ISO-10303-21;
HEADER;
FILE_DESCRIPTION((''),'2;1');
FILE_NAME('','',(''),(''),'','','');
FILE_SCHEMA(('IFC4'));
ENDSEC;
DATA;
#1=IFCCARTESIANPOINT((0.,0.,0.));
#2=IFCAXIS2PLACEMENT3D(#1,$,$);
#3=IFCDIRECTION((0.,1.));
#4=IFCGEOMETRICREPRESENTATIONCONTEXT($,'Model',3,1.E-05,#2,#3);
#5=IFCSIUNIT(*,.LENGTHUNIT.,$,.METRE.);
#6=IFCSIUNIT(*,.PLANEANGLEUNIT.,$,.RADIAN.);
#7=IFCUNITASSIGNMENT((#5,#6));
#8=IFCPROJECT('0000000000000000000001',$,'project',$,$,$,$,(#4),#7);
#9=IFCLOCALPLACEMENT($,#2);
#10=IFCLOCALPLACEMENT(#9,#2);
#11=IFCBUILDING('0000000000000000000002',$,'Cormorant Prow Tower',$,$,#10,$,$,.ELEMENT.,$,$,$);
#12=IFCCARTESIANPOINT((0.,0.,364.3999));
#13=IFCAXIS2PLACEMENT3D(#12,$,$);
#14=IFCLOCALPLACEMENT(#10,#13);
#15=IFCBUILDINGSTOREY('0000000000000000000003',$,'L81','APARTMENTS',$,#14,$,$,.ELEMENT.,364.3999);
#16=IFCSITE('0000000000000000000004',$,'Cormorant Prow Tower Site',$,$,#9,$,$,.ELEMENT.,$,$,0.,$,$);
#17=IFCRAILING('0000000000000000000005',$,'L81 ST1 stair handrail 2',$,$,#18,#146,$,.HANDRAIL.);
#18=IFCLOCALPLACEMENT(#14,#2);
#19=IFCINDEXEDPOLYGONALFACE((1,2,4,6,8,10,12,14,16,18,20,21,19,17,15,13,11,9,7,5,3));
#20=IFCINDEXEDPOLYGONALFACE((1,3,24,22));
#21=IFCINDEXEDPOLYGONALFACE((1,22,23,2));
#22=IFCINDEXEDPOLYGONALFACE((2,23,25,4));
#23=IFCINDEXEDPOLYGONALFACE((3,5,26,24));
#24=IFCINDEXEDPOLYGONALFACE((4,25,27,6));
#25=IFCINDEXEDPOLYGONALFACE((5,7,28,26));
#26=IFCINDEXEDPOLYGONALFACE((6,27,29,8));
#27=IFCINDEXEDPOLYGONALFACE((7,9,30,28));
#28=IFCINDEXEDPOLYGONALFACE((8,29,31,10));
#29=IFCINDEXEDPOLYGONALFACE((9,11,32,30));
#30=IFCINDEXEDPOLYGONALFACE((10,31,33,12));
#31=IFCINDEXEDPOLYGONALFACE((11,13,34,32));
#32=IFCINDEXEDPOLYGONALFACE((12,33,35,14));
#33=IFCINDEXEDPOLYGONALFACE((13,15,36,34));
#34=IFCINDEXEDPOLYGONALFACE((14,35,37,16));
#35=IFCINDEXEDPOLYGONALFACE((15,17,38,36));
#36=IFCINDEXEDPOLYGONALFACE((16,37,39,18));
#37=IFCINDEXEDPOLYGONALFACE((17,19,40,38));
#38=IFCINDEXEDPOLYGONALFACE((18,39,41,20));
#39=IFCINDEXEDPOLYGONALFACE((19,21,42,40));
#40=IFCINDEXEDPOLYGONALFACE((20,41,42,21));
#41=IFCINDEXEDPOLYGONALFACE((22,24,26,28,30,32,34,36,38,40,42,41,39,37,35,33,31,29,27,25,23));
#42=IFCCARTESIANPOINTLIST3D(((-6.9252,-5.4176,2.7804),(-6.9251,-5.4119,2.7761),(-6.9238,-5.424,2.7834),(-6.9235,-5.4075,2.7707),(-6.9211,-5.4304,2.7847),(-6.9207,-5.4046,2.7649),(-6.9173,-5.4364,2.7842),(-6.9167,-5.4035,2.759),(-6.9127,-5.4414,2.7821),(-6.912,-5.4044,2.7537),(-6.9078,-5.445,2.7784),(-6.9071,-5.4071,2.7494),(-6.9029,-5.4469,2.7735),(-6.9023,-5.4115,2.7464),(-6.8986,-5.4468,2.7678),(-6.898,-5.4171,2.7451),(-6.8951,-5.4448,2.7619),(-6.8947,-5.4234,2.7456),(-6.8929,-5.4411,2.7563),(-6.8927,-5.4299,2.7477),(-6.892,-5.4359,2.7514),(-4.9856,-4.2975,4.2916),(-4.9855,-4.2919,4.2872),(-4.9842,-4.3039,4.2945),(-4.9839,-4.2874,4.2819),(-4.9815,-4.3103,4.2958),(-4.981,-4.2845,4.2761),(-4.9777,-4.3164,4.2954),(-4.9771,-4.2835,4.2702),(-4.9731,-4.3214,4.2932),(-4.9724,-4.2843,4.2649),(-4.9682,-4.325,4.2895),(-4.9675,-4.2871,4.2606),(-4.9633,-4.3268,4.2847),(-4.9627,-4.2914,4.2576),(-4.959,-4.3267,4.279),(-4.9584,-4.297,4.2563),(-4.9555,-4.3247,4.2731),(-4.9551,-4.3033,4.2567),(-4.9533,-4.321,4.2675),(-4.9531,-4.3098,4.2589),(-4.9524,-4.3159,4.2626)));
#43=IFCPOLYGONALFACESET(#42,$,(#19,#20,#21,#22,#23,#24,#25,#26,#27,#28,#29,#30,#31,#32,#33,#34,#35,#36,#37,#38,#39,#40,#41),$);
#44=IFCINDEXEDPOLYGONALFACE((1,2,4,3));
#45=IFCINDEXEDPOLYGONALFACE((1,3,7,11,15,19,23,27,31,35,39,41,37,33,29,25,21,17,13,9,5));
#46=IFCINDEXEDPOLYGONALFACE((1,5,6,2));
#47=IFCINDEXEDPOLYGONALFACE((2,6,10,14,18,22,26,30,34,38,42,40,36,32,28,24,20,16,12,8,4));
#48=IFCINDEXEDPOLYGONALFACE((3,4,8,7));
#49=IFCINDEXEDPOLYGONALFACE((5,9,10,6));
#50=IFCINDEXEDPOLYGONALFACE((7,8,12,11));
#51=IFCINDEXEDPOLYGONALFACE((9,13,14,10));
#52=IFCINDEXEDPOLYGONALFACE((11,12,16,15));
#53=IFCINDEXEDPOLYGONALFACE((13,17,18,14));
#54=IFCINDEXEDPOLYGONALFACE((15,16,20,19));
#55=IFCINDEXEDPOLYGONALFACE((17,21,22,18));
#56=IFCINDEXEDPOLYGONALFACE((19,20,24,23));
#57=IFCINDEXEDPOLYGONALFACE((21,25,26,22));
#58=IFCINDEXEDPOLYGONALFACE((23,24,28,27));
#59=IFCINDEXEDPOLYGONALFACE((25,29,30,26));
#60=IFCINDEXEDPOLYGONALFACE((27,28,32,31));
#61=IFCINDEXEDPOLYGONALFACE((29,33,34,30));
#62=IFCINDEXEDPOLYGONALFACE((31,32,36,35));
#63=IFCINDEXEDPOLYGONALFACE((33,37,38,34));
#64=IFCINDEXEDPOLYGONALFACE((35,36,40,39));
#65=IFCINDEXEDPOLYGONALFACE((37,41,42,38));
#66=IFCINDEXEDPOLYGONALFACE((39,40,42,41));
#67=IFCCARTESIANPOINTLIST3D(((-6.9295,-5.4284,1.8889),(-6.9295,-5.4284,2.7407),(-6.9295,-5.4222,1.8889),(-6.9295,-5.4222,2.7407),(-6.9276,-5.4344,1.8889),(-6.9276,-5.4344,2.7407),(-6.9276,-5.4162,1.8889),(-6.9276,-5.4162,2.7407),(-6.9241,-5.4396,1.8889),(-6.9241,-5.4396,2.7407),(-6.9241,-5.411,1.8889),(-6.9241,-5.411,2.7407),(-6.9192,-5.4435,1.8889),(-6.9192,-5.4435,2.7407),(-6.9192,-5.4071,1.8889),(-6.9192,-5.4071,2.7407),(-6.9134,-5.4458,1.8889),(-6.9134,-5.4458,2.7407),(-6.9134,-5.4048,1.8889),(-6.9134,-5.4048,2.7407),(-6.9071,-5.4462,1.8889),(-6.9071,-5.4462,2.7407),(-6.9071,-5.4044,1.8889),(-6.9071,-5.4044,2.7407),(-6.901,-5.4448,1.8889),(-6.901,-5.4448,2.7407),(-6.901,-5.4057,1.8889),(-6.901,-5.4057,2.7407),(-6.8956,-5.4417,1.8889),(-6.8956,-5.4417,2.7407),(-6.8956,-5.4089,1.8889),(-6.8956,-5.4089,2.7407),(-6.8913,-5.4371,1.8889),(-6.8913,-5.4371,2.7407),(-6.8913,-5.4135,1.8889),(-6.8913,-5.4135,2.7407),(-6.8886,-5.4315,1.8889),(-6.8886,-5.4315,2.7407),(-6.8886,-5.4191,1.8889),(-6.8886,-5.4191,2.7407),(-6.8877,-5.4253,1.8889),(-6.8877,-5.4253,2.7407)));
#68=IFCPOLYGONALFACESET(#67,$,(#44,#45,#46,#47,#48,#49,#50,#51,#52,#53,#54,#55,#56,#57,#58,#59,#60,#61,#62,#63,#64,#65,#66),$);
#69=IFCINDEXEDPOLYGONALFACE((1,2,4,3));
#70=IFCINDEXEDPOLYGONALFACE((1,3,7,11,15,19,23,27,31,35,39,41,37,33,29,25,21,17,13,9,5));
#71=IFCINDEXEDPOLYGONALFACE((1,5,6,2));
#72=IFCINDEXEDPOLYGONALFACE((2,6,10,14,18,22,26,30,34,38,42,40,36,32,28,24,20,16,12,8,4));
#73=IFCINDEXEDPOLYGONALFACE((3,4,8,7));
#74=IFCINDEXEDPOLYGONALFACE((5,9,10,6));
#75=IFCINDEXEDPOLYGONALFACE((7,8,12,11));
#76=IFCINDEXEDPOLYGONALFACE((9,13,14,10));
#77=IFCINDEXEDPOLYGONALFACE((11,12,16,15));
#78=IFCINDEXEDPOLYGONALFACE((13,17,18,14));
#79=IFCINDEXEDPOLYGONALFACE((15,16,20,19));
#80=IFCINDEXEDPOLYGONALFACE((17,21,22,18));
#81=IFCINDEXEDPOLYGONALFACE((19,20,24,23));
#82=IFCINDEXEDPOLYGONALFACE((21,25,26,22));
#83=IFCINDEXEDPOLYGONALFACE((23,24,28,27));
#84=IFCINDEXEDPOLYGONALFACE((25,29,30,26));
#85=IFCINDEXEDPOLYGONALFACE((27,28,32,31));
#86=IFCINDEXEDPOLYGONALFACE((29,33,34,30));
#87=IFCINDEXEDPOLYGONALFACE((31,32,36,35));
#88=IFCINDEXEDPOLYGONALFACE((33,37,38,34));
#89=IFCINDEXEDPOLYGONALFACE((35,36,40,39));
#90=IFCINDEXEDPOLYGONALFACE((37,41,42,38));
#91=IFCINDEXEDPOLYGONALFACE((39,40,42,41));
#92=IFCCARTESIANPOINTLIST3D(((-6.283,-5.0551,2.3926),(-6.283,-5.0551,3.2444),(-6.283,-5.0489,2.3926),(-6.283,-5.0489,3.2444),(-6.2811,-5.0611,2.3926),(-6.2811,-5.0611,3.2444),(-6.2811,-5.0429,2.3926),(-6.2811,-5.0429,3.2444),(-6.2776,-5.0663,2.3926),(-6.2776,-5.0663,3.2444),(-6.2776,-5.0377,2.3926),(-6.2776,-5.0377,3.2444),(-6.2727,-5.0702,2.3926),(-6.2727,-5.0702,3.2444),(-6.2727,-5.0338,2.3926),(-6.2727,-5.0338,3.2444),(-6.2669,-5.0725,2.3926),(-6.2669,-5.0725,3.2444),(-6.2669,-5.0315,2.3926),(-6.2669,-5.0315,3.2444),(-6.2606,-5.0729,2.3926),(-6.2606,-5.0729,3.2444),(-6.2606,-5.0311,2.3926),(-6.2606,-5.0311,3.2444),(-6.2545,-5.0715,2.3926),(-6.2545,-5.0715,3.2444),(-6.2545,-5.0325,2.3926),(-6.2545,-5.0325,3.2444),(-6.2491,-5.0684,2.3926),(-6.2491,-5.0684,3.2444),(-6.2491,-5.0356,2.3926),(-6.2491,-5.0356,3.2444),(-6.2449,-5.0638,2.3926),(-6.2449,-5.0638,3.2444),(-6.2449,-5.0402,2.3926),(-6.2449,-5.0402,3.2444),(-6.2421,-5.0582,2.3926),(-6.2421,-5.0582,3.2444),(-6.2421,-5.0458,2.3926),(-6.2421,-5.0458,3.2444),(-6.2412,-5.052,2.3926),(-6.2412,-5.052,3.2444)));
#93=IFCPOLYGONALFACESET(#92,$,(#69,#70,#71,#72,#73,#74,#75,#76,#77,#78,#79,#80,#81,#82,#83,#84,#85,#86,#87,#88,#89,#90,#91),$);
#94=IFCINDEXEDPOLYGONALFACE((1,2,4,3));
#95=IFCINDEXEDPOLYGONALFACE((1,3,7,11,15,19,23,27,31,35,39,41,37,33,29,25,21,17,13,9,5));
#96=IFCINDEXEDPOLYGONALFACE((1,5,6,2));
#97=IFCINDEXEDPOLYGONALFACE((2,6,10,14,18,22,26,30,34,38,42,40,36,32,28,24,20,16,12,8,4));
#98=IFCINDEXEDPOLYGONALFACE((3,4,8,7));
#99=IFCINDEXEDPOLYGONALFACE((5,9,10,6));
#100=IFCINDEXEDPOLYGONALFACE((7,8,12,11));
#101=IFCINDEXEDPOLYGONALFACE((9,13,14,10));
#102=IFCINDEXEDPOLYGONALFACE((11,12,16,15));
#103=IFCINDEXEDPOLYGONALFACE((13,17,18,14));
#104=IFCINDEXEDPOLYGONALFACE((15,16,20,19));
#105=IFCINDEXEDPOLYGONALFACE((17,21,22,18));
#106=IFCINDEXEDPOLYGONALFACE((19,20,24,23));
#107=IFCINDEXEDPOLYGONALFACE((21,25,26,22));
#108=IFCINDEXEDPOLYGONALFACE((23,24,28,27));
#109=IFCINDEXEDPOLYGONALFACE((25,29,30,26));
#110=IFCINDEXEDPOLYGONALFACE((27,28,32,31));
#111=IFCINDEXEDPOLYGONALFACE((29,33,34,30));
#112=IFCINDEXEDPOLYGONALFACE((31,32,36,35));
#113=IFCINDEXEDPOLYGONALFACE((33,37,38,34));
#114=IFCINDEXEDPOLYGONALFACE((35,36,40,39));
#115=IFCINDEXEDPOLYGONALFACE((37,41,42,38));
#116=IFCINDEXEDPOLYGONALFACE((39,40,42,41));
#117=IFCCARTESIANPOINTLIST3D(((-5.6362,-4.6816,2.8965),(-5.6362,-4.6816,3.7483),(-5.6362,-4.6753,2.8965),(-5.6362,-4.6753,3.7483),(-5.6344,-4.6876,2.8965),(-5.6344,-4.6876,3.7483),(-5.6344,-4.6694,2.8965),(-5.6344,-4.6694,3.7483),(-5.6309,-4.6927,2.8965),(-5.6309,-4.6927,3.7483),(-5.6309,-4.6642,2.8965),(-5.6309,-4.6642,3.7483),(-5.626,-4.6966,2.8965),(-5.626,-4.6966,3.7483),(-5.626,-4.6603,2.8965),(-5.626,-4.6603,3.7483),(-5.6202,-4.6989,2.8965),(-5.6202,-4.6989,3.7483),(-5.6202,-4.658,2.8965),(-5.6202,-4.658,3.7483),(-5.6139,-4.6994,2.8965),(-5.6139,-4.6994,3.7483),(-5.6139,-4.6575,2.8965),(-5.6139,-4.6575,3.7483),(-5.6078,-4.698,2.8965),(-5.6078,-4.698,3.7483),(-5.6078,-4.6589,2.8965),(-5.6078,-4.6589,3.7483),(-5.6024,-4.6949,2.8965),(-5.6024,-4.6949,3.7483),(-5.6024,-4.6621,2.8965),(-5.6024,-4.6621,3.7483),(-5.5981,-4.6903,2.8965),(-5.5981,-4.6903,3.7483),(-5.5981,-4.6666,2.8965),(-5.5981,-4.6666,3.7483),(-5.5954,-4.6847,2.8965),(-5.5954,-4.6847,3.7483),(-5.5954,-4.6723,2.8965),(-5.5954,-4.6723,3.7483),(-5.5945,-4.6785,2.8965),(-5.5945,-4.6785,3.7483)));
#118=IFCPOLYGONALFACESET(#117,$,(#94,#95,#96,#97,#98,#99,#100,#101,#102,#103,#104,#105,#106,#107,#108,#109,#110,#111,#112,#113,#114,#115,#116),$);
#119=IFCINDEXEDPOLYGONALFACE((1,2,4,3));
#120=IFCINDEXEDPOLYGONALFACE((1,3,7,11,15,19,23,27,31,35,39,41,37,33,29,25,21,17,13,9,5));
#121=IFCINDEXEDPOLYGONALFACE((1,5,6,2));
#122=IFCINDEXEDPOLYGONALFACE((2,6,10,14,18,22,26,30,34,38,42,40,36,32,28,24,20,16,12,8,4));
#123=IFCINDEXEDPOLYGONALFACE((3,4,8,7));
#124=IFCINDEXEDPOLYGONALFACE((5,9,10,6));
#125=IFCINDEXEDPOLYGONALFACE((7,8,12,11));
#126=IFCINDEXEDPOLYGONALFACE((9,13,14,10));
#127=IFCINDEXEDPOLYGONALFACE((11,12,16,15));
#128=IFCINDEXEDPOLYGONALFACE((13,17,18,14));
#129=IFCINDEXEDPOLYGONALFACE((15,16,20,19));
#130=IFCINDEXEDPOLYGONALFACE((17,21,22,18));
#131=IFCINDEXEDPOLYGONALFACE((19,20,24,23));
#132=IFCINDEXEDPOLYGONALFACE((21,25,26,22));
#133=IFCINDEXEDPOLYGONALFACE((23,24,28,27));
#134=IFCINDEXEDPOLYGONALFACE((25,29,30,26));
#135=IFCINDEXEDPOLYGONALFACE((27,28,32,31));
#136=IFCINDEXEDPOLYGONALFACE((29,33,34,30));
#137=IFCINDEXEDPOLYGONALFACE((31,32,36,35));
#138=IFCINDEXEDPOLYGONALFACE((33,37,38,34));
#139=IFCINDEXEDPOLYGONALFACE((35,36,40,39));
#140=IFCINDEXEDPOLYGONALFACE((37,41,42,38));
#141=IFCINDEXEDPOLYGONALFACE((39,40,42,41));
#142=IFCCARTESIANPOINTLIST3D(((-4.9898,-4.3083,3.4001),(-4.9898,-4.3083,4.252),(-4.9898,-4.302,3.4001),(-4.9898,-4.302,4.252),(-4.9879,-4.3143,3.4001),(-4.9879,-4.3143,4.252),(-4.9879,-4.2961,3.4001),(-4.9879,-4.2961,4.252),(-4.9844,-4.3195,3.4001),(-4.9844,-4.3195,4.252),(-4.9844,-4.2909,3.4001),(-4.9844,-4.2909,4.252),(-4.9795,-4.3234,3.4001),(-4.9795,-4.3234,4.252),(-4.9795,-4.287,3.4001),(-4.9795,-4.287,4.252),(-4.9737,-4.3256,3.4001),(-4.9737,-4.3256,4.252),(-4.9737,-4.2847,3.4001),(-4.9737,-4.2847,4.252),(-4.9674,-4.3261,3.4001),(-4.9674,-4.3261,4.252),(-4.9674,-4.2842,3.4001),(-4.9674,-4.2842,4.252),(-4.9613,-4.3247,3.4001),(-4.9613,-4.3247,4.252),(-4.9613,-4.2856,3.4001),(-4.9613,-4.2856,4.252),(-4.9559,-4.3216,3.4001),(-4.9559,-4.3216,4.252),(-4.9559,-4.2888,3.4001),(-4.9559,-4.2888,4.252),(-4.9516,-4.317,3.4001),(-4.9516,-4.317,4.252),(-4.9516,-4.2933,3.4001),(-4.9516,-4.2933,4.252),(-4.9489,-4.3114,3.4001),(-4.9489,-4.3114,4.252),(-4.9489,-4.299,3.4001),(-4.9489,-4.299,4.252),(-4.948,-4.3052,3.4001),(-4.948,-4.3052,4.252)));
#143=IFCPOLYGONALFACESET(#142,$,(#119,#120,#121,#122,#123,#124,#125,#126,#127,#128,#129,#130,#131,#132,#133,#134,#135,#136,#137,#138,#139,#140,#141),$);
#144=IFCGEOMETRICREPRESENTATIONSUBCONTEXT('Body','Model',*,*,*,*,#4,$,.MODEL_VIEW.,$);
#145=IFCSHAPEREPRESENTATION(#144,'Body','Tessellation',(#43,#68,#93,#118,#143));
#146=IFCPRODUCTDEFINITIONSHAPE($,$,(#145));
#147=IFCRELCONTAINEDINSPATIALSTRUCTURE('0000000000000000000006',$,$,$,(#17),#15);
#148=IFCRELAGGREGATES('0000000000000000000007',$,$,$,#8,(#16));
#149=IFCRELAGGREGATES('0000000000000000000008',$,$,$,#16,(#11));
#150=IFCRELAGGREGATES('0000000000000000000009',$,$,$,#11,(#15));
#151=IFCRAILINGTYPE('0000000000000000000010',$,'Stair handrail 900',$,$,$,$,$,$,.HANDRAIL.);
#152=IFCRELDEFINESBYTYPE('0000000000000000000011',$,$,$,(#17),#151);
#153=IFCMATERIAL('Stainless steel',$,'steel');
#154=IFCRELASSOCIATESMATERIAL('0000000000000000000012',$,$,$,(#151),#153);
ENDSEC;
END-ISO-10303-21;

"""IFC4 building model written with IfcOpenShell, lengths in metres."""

from ifc_helpers import new_model, si_unit, direction, frame, origin, origin_2d, place, context, subcontext, project, spatial, circle, extrude, material, type_object, element, save


model = new_model("IFC4")

# Units and contexts
model_context = context("Model", 3, precision=1e-05, world=origin(), true_north=direction((0.0, 1.0)))
body_context = subcontext(model_context, "Body", "Model", "MODEL_VIEW")
ifc_project = project(units=[si_unit("LENGTHUNIT", "METRE"), si_unit("PLANEANGLEUNIT", "RADIAN")], contexts=[model_context])

# Site, building, storey
site_placement = place(None, origin())
site = spatial("IfcSite", under=ifc_project, at=site_placement, Name="Cormorant Prow Tower Site", CompositionType="ELEMENT", RefElevation=0.0)
building_placement = place(site_placement, origin())
building = spatial("IfcBuilding", under=site, at=building_placement, Name="Cormorant Prow Tower", CompositionType="ELEMENT")
storey_placement = place(building_placement, frame((0.0, 0.0, 364.3999)))
storey = spatial("IfcBuildingStorey", under=building, at=storey_placement, Name="L81", Description="APARTMENTS", CompositionType="ELEMENT", Elevation=364.3999)

# Railing
ifc_material_1 = material(Name="Stainless steel", Category="steel")
railing_type_1 = type_object("IfcRailingType", Name="Stair handrail 900", PredefinedType="HANDRAIL", material=ifc_material_1)
railing_1_placement = place(storey_placement, frame((-6.9087, -5.4253, 1.8889)))
element("IfcRailing", 1, at=railing_1_placement, inside=storey, type_object=railing_type_1, Name="L81 ST1 stair handrail 2", PredefinedType="HANDRAIL", context=body_context, shape_type="SweptSolid", body=[
    extrude(circle(Radius=0.0239, at=origin_2d()), frame((0.0, 0.0, 0.876), z_axis=(0.71787, 0.414548, 0.559297), x_axis=(-0.500078, 0.86598, 0.0)), (0.0, 0.0, 1.0), 2.7019),
    extrude(circle(Radius=0.021, at=origin_2d()), origin(), (0.0, 0.0, 1.0), 0.8518),
    extrude(circle(Radius=0.021, at=origin_2d()), frame((0.6465, 0.3733, 0.5037)), (0.0, 0.0, 1.0), 0.8518),
    extrude(circle(Radius=0.021, at=origin_2d()), frame((1.2932, 0.7468, 1.0076)), (0.0, 0.0, 1.0), 0.8518),
    extrude(circle(Radius=0.021, at=origin_2d()), frame((1.9397, 1.1201, 1.5112)), (0.0, 0.0, 1.0), 0.8518),
])

save(model, "model.ifc")
